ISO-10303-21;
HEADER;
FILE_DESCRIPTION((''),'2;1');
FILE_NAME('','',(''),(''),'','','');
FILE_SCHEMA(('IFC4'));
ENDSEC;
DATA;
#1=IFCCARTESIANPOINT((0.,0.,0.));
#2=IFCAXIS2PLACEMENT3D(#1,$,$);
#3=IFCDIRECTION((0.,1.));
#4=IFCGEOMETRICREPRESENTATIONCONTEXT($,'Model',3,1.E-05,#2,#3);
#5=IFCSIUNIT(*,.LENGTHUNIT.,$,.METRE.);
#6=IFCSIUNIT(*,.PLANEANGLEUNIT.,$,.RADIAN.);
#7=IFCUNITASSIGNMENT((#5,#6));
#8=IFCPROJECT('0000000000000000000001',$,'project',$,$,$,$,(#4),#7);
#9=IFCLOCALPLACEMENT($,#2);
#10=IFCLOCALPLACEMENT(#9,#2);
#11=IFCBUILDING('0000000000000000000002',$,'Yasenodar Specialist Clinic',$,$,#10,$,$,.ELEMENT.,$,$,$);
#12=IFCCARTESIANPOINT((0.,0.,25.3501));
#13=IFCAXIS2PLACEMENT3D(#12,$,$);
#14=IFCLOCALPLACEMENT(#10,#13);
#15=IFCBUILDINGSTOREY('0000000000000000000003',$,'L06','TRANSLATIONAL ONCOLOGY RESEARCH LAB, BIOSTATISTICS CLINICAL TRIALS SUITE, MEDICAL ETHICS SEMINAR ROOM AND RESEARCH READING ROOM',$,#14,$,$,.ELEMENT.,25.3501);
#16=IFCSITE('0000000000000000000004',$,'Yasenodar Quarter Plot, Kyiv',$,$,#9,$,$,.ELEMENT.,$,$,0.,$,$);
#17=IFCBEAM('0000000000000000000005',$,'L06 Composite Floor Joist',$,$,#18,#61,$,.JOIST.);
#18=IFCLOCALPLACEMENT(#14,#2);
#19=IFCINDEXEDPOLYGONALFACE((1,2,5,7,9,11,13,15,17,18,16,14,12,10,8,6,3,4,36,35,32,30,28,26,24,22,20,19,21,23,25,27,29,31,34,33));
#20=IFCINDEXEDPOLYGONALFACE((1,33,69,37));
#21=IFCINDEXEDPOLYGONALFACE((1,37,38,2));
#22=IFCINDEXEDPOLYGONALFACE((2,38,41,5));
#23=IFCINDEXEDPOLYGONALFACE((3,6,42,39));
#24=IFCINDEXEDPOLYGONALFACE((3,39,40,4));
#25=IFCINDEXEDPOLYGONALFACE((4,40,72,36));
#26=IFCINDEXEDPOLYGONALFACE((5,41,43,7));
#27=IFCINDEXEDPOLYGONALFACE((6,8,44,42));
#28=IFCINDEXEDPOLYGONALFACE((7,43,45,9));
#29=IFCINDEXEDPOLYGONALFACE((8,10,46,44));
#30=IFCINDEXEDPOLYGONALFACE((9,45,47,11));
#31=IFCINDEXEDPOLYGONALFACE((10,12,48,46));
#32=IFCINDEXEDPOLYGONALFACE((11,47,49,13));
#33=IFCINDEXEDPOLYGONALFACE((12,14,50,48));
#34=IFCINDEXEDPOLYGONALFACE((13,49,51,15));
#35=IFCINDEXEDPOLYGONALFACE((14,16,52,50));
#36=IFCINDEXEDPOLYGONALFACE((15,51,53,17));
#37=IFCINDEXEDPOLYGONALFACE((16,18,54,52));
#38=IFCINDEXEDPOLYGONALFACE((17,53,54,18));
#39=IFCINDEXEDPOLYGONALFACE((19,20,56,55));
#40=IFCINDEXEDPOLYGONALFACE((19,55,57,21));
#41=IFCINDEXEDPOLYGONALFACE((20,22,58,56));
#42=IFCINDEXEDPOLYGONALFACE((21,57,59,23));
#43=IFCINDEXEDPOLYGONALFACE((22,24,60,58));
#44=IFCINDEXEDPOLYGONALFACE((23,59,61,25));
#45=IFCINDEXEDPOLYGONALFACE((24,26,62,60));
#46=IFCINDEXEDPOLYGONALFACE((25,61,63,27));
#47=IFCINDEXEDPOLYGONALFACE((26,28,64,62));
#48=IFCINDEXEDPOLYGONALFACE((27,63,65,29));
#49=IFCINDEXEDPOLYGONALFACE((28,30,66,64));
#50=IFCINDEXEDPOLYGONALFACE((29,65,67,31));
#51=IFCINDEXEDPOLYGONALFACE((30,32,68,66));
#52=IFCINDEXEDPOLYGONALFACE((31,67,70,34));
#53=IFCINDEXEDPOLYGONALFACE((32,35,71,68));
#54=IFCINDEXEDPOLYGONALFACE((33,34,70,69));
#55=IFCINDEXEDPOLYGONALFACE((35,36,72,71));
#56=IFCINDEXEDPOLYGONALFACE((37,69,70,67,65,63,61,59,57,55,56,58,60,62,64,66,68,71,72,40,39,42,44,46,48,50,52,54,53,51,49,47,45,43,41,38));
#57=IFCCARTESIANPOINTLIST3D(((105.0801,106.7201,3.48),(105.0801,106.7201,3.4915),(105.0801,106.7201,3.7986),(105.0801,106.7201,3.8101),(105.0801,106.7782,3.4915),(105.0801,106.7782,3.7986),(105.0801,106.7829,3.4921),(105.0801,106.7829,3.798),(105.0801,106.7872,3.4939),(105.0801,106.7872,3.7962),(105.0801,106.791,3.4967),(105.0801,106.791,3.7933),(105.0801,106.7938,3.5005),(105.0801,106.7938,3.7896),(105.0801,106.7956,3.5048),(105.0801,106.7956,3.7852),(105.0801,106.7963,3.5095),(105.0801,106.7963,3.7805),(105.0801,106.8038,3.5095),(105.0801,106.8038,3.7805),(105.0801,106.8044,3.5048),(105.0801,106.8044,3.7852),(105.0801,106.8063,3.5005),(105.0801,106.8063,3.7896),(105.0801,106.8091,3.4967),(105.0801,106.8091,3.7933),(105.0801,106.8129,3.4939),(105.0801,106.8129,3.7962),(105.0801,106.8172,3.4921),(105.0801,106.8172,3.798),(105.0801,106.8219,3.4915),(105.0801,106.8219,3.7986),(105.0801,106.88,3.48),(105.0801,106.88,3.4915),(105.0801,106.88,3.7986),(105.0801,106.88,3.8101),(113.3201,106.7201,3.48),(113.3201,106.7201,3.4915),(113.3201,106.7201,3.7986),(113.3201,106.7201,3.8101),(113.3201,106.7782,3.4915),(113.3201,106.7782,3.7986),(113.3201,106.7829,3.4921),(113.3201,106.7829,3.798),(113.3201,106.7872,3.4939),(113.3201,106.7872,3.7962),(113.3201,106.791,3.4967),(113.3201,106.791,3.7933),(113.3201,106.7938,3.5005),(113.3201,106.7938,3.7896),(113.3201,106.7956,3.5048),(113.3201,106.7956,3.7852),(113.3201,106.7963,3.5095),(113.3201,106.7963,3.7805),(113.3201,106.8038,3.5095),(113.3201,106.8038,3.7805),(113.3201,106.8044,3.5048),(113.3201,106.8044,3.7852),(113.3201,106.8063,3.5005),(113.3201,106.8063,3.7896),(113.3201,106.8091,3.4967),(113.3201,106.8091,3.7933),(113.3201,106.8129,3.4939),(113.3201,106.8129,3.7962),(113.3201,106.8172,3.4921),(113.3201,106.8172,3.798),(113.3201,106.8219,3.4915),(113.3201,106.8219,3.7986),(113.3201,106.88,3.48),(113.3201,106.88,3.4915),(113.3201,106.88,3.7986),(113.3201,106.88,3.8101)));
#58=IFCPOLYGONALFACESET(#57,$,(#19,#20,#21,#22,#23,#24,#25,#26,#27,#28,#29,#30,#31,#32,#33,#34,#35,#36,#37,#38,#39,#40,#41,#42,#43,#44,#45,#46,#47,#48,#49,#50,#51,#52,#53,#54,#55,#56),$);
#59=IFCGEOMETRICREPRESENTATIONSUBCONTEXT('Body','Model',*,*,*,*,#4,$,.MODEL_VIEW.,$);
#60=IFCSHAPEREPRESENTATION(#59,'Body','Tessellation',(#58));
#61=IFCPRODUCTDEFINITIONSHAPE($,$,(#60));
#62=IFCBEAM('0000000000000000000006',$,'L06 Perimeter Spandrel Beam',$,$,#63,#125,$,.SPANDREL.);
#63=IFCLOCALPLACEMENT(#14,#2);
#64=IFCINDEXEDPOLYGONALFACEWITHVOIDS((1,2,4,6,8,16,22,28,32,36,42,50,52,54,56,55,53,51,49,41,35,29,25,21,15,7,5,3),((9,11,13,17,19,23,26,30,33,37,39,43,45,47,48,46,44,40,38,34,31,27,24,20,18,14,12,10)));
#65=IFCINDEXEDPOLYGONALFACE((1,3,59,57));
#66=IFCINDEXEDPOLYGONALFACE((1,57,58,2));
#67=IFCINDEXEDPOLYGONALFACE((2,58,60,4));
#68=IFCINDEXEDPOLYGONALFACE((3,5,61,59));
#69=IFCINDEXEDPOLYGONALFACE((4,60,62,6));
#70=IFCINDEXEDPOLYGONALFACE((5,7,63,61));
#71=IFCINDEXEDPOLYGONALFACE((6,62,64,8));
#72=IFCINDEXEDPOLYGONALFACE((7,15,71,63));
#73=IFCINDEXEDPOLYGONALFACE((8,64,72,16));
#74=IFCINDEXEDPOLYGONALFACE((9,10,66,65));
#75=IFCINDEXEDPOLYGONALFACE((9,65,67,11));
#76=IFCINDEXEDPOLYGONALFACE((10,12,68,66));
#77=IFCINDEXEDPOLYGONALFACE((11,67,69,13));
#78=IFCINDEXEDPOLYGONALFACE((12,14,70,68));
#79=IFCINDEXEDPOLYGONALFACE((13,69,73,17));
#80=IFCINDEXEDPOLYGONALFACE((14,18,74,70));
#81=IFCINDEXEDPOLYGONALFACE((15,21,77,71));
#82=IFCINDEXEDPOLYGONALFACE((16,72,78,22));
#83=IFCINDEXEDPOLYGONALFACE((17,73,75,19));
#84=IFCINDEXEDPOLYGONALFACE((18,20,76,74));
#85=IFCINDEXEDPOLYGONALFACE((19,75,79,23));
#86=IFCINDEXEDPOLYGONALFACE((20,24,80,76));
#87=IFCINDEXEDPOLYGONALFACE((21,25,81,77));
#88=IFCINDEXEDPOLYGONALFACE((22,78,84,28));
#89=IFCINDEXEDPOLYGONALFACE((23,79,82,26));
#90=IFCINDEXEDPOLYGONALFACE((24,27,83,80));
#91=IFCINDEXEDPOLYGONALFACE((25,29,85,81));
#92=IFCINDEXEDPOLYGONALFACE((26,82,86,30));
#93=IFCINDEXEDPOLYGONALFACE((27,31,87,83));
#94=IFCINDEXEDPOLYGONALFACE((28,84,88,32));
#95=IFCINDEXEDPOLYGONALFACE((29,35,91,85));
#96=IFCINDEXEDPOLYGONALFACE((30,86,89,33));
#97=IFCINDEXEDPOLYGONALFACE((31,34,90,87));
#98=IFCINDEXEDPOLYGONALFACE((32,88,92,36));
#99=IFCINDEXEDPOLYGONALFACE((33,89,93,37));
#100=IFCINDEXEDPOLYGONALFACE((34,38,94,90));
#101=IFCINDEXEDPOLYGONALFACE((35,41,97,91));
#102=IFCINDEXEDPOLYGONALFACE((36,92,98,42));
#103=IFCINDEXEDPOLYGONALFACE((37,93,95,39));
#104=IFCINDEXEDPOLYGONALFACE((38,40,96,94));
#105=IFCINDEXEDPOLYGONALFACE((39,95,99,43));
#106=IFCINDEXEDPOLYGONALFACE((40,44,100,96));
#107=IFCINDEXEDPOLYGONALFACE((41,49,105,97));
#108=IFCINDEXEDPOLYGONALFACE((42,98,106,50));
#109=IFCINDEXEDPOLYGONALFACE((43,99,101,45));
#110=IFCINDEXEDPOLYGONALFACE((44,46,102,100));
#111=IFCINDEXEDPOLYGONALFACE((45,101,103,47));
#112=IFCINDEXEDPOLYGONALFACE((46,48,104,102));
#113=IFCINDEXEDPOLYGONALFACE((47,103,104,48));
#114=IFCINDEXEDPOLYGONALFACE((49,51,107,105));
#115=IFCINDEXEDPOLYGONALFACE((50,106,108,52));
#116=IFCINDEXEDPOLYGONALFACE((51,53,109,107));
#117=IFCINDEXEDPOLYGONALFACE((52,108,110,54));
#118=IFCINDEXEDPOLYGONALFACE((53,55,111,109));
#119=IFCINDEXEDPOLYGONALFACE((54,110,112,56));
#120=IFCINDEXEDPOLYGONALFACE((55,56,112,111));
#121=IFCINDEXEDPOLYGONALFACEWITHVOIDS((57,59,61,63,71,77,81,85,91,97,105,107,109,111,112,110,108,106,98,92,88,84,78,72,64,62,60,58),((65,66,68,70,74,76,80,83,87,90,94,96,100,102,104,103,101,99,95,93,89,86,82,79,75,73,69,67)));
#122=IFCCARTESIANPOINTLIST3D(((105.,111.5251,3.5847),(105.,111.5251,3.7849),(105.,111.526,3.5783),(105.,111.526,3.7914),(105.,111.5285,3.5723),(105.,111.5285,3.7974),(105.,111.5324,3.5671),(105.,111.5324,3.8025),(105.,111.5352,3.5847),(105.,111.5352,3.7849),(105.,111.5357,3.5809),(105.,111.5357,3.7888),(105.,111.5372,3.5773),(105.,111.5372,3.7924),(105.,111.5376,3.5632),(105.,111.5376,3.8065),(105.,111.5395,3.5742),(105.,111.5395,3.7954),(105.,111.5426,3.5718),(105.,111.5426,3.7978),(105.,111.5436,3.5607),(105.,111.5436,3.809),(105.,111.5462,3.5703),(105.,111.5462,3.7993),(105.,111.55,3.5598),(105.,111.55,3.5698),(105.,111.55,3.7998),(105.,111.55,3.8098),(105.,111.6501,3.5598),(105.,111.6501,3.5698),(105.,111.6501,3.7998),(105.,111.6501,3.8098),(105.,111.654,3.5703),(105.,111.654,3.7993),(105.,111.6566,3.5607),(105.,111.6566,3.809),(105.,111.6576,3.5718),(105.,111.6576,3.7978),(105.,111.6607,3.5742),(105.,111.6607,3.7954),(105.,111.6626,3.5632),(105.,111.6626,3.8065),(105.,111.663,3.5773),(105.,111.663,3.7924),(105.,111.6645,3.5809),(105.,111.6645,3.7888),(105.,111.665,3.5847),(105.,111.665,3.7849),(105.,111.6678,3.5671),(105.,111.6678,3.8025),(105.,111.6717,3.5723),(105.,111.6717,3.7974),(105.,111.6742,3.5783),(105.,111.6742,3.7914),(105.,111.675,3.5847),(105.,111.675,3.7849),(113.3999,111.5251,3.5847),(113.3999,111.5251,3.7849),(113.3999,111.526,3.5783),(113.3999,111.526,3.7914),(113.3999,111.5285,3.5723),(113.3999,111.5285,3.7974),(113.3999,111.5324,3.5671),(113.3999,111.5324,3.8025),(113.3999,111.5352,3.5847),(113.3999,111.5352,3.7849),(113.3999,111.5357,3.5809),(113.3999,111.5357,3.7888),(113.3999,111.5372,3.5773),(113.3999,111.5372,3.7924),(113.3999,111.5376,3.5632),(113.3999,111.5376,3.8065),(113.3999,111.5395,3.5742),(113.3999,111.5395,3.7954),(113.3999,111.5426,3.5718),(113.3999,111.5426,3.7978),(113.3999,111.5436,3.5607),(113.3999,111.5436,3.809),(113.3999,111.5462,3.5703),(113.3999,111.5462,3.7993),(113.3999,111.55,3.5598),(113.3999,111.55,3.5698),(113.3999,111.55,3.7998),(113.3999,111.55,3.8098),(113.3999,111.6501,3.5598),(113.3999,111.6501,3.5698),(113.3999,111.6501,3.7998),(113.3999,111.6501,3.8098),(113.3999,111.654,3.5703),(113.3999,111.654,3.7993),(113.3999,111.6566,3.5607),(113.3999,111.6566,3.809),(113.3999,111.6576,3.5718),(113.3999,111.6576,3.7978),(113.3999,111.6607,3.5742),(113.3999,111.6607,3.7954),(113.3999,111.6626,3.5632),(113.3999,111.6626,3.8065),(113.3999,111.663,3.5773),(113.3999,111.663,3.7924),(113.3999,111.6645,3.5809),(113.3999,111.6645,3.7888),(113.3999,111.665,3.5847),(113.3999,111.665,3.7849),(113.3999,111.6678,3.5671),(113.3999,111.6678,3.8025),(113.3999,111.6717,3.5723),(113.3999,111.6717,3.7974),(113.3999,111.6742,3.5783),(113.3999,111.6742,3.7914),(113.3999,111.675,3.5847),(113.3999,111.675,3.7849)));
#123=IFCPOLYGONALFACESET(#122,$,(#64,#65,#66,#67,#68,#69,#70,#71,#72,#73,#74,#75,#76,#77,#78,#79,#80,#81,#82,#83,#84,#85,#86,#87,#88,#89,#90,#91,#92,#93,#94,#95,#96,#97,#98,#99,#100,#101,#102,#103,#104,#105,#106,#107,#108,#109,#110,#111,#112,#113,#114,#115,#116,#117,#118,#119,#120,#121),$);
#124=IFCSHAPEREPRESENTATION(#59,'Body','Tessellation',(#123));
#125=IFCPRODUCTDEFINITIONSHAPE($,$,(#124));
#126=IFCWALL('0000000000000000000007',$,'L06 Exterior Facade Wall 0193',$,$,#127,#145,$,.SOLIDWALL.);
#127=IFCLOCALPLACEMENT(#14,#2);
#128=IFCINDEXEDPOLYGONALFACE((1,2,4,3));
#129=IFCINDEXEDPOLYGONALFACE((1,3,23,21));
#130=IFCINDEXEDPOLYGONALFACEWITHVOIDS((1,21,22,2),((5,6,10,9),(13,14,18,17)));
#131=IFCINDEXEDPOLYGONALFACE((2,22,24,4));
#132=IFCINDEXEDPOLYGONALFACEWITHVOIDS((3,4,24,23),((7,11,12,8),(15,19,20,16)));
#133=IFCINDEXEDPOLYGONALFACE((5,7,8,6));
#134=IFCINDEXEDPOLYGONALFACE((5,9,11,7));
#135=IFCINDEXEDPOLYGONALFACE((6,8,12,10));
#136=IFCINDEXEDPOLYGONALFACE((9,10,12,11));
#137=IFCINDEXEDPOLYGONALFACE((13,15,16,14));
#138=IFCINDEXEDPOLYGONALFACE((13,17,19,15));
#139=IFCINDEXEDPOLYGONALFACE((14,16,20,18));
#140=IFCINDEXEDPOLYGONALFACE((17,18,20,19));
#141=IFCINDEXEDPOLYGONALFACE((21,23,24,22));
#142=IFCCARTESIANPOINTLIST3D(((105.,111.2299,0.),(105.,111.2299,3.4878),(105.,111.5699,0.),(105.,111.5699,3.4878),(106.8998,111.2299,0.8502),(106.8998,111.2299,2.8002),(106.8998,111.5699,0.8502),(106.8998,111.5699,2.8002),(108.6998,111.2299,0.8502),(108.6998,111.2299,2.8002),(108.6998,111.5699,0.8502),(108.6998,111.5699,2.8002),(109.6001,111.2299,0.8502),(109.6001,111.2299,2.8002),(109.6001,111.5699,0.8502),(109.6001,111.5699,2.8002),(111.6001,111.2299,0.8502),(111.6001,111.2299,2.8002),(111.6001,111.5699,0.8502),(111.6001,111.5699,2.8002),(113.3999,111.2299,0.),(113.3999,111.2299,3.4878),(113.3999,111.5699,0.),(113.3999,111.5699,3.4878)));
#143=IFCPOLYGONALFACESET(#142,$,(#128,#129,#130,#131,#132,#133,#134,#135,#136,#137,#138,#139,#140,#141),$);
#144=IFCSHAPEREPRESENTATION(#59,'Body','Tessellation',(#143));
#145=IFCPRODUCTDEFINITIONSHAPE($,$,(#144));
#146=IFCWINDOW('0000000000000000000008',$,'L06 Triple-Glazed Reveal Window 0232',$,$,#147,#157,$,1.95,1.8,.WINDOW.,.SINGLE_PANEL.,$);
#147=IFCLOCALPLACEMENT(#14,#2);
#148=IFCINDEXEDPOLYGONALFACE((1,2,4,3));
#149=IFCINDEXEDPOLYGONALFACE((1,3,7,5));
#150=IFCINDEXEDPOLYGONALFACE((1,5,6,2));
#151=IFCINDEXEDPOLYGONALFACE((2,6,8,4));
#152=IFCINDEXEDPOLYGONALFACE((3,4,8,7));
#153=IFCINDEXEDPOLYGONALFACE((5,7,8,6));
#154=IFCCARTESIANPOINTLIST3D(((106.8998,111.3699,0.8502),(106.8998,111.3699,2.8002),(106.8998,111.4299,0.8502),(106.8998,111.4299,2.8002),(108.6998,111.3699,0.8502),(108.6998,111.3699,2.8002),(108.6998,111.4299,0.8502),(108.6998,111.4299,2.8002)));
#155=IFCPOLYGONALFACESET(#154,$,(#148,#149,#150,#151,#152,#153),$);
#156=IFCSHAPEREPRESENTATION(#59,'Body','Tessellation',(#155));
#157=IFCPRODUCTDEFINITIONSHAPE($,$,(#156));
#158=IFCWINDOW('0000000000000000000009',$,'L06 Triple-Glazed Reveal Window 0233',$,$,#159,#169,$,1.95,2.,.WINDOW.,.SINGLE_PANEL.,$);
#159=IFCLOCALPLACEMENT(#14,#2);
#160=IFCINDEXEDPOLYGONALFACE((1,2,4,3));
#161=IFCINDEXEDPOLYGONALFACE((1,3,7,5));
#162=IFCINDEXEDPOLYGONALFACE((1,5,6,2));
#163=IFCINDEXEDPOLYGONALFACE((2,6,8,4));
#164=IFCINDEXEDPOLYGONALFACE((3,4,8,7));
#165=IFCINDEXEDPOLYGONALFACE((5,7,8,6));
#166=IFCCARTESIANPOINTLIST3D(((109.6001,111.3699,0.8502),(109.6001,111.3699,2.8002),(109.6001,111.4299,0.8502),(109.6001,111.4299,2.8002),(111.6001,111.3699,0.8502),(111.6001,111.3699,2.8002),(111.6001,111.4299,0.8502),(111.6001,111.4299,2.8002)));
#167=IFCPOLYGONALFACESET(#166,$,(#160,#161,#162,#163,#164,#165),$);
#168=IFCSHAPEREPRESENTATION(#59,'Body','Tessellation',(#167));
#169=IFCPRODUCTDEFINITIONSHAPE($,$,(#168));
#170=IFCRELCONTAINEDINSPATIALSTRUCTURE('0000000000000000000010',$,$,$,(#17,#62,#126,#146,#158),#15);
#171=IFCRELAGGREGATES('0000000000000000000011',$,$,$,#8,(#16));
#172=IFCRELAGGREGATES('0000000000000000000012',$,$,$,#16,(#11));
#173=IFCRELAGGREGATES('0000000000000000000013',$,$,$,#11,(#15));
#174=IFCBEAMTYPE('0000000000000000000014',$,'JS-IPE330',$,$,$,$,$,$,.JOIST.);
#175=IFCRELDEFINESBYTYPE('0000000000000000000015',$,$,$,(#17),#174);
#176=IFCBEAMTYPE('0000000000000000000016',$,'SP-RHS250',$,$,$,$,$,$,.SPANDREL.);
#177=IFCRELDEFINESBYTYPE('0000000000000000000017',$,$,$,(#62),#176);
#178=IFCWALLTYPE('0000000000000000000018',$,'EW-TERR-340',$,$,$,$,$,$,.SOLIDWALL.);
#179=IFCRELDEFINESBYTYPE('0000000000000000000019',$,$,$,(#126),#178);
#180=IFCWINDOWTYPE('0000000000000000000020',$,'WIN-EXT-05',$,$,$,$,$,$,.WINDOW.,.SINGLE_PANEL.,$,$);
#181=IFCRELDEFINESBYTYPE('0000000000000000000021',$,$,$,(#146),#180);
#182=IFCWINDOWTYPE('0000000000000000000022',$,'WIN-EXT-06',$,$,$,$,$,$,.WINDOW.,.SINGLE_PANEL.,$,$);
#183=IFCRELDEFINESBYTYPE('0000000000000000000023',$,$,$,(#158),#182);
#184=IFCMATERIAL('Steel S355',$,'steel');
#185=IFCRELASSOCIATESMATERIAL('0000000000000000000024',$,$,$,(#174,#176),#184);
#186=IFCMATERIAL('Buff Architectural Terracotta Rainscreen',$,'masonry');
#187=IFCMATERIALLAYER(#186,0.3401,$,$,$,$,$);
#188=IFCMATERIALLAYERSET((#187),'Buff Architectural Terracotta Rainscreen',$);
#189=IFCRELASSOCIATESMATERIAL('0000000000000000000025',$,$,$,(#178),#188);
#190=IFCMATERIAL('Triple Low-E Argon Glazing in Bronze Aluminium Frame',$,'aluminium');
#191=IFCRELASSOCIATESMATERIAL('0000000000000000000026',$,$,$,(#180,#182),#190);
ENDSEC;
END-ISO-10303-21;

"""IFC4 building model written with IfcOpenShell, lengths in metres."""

from ifc_helpers import new_model, si_unit, direction, frame, frame_2d, origin, origin_2d, place, context, subcontext, project, spatial, rectangle, hollow_rectangle, i_section, extrude, material, layer, layer_set, material_profile, profile_set, type_object, element, fill, save


model = new_model("IFC4")

# Units and contexts
model_context = context("Model", 3, precision=1e-05, world=origin(), true_north=direction((0.0, 1.0)))
body_context = subcontext(model_context, "Body", "Model", "MODEL_VIEW")
ifc_project = project(units=[si_unit("LENGTHUNIT", "METRE"), si_unit("PLANEANGLEUNIT", "RADIAN")], contexts=[model_context])

# Site, building, storey
site_placement = place(None, origin())
site = spatial("IfcSite", under=ifc_project, at=site_placement, Name="Yasenodar Quarter Plot, Kyiv", CompositionType="ELEMENT", RefElevation=0.0)
building_placement = place(site_placement, origin())
building = spatial("IfcBuilding", under=site, at=building_placement, Name="Yasenodar Specialist Clinic", CompositionType="ELEMENT")
storey_placement = place(building_placement, frame((0.0, 0.0, 25.3501)))
storey = spatial("IfcBuildingStorey", under=building, at=storey_placement, Name="L06", Description="TRANSLATIONAL ONCOLOGY RESEARCH LAB, BIOSTATISTICS CLINICAL TRIALS SUITE, MEDICAL ETHICS SEMINAR ROOM AND RESEARCH READING ROOM", CompositionType="ELEMENT", Elevation=25.3501)

# Shared definitions
ifc_material_1 = material(Name="Steel S355", Category="steel")

# Beams
ifc_material_profile_1 = material_profile(ifc_material_1, i_section(OverallWidth=0.1599, OverallDepth=0.3301, WebThickness=0.0076, FlangeThickness=0.0115, FilletRadius=0.0181, at=origin_2d()), Name="IPE 330")
ifc_profile_set_1 = profile_set([ifc_material_profile_1], Name="Steel S355")
beam_type_1 = type_object("IfcBeamType", Name="JS-IPE330", PredefinedType="JOIST", material=ifc_profile_set_1)
for number, where, z_axis, x_axis, name in (
    (1, (105.0801, 106.8, 3.645), (1.0, 0.0, 0.0), (0.0, 1.0, 0.0), "L06 Composite Floor Joist"),
):
    element("IfcBeam", number, at=place(storey_placement, frame(where, z_axis=z_axis, x_axis=x_axis)), inside=storey, type_object=beam_type_1, Name=name, PredefinedType="JOIST", context=body_context, shape_type="SweptSolid", body=[
        extrude(i_section(OverallWidth=0.1599, OverallDepth=0.3301, WebThickness=0.0076, FlangeThickness=0.0115, FilletRadius=0.0181, at=origin_2d()), origin(), (0.0, 0.0, 1.0), 8.24),
    ])
ifc_material_profile_2 = material_profile(ifc_material_1, hollow_rectangle(XDim=0.1499, YDim=0.25, WallThickness=0.01, InnerFilletRadius=0.0149, OuterFilletRadius=0.0249, at=origin_2d()), Name="RHS 250x150x10")
ifc_profile_set_2 = profile_set([ifc_material_profile_2], Name="Steel S355")
beam_type_2 = type_object("IfcBeamType", Name="SP-RHS250", PredefinedType="SPANDREL", material=ifc_profile_set_2)
beam_1_placement = place(storey_placement, frame((105.0, 111.6001, 3.6848), z_axis=(1.0, 0.0, 0.0), x_axis=(0.0, 1.0, 0.0)))
element("IfcBeam", 2, at=beam_1_placement, inside=storey, type_object=beam_type_2, Name="L06 Perimeter Spandrel Beam", PredefinedType="SPANDREL", context=body_context, shape_type="SweptSolid", body=[
    extrude(hollow_rectangle(XDim=0.1499, YDim=0.25, WallThickness=0.01, InnerFilletRadius=0.0149, OuterFilletRadius=0.0249, at=origin_2d()), origin(), (0.0, 0.0, 1.0), 8.3999),
])

# Wall, openings, windows
ifc_material_2 = material(Name="Buff Architectural Terracotta Rainscreen", Category="masonry")
ifc_layer_1 = layer(ifc_material_2, 0.3401)
ifc_layer_set_1 = layer_set([ifc_layer_1], Name="Buff Architectural Terracotta Rainscreen")
wall_type_1 = type_object("IfcWallType", Name="EW-TERR-340", PredefinedType="SOLIDWALL", material=ifc_layer_set_1)
wall_1_placement = place(storey_placement, frame((105.0, 111.3999, 0.0), z_axis=(0.0, 0.0, 1.0), x_axis=(1.0, 0.0, 0.0)))
wall_1 = element("IfcWall", 3, at=wall_1_placement, inside=storey, type_object=wall_type_1, Name="L06 Exterior Facade Wall 0193", PredefinedType="SOLIDWALL", context=body_context, shape_type="SweptSolid", body=[
    extrude(rectangle(XDim=8.3999, YDim=0.3401, at=frame_2d((4.2, 0.0))), origin(), (0.0, 0.0, 1.0), 3.4878),
])
opening_1_placement = place(wall_1_placement, frame((1.8999, 0.0, 0.8501)))
opening_1 = element("IfcOpeningElement", 4, at=opening_1_placement, cuts=wall_1, PredefinedType="OPENING", context=body_context, shape_type="SweptSolid", body=[
    extrude(rectangle(XDim=1.8, YDim=1.95, at=frame_2d((0.8999, 0.9751))), frame((0.0, 0.1802, 0.0), z_axis=(0.0, -1.0, 0.0), x_axis=(1.0, 0.0, 0.0)), (0.0, 0.0, 1.0), 0.3601),
])
opening_2_placement = place(wall_1_placement, frame((4.6001, 0.0, 0.8501)))
opening_2 = element("IfcOpeningElement", 5, at=opening_2_placement, cuts=wall_1, PredefinedType="OPENING", context=body_context, shape_type="SweptSolid", body=[
    extrude(rectangle(XDim=2.0, YDim=1.95, at=frame_2d((1.0, 0.9751))), frame((0.0, 0.1802, 0.0), z_axis=(0.0, -1.0, 0.0), x_axis=(1.0, 0.0, 0.0)), (0.0, 0.0, 1.0), 0.3601),
])
ifc_material_3 = material(Name="Triple Low-E Argon Glazing in Bronze Aluminium Frame", Category="aluminium")
window_type_1 = type_object("IfcWindowType", Name="WIN-EXT-05", PartitioningType="SINGLE_PANEL", PredefinedType="WINDOW", material=ifc_material_3)
window_1_placement = place(opening_1_placement, origin())
window_1 = element("IfcWindow", 6, at=window_1_placement, inside=storey, type_object=window_type_1, Name="L06 Triple-Glazed Reveal Window 0232", OverallHeight=1.95, OverallWidth=1.8, PartitioningType="SINGLE_PANEL", PredefinedType="WINDOW", context=body_context, shape_type="SweptSolid", body=[
    extrude(rectangle(XDim=1.8, YDim=1.95, at=frame_2d((0.8999, 0.9751))), frame((0.0, 0.03, 0.0), z_axis=(0.0, -1.0, 0.0), x_axis=(1.0, 0.0, 0.0)), (0.0, 0.0, 1.0), 0.0601),
])
fill(opening_1, window_1)
window_type_2 = type_object("IfcWindowType", Name="WIN-EXT-06", PartitioningType="SINGLE_PANEL", PredefinedType="WINDOW", material=ifc_material_3)
window_2_placement = place(opening_2_placement, origin())
window_2 = element("IfcWindow", 7, at=window_2_placement, inside=storey, type_object=window_type_2, Name="L06 Triple-Glazed Reveal Window 0233", OverallHeight=1.95, OverallWidth=2.0, PartitioningType="SINGLE_PANEL", PredefinedType="WINDOW", context=body_context, shape_type="SweptSolid", body=[
    extrude(rectangle(XDim=2.0, YDim=1.95, at=frame_2d((1.0, 0.9751))), frame((0.0, 0.03, 0.0), z_axis=(0.0, -1.0, 0.0), x_axis=(1.0, 0.0, 0.0)), (0.0, 0.0, 1.0), 0.0601),
])
fill(opening_2, window_2)

save(model, "model.ifc")
